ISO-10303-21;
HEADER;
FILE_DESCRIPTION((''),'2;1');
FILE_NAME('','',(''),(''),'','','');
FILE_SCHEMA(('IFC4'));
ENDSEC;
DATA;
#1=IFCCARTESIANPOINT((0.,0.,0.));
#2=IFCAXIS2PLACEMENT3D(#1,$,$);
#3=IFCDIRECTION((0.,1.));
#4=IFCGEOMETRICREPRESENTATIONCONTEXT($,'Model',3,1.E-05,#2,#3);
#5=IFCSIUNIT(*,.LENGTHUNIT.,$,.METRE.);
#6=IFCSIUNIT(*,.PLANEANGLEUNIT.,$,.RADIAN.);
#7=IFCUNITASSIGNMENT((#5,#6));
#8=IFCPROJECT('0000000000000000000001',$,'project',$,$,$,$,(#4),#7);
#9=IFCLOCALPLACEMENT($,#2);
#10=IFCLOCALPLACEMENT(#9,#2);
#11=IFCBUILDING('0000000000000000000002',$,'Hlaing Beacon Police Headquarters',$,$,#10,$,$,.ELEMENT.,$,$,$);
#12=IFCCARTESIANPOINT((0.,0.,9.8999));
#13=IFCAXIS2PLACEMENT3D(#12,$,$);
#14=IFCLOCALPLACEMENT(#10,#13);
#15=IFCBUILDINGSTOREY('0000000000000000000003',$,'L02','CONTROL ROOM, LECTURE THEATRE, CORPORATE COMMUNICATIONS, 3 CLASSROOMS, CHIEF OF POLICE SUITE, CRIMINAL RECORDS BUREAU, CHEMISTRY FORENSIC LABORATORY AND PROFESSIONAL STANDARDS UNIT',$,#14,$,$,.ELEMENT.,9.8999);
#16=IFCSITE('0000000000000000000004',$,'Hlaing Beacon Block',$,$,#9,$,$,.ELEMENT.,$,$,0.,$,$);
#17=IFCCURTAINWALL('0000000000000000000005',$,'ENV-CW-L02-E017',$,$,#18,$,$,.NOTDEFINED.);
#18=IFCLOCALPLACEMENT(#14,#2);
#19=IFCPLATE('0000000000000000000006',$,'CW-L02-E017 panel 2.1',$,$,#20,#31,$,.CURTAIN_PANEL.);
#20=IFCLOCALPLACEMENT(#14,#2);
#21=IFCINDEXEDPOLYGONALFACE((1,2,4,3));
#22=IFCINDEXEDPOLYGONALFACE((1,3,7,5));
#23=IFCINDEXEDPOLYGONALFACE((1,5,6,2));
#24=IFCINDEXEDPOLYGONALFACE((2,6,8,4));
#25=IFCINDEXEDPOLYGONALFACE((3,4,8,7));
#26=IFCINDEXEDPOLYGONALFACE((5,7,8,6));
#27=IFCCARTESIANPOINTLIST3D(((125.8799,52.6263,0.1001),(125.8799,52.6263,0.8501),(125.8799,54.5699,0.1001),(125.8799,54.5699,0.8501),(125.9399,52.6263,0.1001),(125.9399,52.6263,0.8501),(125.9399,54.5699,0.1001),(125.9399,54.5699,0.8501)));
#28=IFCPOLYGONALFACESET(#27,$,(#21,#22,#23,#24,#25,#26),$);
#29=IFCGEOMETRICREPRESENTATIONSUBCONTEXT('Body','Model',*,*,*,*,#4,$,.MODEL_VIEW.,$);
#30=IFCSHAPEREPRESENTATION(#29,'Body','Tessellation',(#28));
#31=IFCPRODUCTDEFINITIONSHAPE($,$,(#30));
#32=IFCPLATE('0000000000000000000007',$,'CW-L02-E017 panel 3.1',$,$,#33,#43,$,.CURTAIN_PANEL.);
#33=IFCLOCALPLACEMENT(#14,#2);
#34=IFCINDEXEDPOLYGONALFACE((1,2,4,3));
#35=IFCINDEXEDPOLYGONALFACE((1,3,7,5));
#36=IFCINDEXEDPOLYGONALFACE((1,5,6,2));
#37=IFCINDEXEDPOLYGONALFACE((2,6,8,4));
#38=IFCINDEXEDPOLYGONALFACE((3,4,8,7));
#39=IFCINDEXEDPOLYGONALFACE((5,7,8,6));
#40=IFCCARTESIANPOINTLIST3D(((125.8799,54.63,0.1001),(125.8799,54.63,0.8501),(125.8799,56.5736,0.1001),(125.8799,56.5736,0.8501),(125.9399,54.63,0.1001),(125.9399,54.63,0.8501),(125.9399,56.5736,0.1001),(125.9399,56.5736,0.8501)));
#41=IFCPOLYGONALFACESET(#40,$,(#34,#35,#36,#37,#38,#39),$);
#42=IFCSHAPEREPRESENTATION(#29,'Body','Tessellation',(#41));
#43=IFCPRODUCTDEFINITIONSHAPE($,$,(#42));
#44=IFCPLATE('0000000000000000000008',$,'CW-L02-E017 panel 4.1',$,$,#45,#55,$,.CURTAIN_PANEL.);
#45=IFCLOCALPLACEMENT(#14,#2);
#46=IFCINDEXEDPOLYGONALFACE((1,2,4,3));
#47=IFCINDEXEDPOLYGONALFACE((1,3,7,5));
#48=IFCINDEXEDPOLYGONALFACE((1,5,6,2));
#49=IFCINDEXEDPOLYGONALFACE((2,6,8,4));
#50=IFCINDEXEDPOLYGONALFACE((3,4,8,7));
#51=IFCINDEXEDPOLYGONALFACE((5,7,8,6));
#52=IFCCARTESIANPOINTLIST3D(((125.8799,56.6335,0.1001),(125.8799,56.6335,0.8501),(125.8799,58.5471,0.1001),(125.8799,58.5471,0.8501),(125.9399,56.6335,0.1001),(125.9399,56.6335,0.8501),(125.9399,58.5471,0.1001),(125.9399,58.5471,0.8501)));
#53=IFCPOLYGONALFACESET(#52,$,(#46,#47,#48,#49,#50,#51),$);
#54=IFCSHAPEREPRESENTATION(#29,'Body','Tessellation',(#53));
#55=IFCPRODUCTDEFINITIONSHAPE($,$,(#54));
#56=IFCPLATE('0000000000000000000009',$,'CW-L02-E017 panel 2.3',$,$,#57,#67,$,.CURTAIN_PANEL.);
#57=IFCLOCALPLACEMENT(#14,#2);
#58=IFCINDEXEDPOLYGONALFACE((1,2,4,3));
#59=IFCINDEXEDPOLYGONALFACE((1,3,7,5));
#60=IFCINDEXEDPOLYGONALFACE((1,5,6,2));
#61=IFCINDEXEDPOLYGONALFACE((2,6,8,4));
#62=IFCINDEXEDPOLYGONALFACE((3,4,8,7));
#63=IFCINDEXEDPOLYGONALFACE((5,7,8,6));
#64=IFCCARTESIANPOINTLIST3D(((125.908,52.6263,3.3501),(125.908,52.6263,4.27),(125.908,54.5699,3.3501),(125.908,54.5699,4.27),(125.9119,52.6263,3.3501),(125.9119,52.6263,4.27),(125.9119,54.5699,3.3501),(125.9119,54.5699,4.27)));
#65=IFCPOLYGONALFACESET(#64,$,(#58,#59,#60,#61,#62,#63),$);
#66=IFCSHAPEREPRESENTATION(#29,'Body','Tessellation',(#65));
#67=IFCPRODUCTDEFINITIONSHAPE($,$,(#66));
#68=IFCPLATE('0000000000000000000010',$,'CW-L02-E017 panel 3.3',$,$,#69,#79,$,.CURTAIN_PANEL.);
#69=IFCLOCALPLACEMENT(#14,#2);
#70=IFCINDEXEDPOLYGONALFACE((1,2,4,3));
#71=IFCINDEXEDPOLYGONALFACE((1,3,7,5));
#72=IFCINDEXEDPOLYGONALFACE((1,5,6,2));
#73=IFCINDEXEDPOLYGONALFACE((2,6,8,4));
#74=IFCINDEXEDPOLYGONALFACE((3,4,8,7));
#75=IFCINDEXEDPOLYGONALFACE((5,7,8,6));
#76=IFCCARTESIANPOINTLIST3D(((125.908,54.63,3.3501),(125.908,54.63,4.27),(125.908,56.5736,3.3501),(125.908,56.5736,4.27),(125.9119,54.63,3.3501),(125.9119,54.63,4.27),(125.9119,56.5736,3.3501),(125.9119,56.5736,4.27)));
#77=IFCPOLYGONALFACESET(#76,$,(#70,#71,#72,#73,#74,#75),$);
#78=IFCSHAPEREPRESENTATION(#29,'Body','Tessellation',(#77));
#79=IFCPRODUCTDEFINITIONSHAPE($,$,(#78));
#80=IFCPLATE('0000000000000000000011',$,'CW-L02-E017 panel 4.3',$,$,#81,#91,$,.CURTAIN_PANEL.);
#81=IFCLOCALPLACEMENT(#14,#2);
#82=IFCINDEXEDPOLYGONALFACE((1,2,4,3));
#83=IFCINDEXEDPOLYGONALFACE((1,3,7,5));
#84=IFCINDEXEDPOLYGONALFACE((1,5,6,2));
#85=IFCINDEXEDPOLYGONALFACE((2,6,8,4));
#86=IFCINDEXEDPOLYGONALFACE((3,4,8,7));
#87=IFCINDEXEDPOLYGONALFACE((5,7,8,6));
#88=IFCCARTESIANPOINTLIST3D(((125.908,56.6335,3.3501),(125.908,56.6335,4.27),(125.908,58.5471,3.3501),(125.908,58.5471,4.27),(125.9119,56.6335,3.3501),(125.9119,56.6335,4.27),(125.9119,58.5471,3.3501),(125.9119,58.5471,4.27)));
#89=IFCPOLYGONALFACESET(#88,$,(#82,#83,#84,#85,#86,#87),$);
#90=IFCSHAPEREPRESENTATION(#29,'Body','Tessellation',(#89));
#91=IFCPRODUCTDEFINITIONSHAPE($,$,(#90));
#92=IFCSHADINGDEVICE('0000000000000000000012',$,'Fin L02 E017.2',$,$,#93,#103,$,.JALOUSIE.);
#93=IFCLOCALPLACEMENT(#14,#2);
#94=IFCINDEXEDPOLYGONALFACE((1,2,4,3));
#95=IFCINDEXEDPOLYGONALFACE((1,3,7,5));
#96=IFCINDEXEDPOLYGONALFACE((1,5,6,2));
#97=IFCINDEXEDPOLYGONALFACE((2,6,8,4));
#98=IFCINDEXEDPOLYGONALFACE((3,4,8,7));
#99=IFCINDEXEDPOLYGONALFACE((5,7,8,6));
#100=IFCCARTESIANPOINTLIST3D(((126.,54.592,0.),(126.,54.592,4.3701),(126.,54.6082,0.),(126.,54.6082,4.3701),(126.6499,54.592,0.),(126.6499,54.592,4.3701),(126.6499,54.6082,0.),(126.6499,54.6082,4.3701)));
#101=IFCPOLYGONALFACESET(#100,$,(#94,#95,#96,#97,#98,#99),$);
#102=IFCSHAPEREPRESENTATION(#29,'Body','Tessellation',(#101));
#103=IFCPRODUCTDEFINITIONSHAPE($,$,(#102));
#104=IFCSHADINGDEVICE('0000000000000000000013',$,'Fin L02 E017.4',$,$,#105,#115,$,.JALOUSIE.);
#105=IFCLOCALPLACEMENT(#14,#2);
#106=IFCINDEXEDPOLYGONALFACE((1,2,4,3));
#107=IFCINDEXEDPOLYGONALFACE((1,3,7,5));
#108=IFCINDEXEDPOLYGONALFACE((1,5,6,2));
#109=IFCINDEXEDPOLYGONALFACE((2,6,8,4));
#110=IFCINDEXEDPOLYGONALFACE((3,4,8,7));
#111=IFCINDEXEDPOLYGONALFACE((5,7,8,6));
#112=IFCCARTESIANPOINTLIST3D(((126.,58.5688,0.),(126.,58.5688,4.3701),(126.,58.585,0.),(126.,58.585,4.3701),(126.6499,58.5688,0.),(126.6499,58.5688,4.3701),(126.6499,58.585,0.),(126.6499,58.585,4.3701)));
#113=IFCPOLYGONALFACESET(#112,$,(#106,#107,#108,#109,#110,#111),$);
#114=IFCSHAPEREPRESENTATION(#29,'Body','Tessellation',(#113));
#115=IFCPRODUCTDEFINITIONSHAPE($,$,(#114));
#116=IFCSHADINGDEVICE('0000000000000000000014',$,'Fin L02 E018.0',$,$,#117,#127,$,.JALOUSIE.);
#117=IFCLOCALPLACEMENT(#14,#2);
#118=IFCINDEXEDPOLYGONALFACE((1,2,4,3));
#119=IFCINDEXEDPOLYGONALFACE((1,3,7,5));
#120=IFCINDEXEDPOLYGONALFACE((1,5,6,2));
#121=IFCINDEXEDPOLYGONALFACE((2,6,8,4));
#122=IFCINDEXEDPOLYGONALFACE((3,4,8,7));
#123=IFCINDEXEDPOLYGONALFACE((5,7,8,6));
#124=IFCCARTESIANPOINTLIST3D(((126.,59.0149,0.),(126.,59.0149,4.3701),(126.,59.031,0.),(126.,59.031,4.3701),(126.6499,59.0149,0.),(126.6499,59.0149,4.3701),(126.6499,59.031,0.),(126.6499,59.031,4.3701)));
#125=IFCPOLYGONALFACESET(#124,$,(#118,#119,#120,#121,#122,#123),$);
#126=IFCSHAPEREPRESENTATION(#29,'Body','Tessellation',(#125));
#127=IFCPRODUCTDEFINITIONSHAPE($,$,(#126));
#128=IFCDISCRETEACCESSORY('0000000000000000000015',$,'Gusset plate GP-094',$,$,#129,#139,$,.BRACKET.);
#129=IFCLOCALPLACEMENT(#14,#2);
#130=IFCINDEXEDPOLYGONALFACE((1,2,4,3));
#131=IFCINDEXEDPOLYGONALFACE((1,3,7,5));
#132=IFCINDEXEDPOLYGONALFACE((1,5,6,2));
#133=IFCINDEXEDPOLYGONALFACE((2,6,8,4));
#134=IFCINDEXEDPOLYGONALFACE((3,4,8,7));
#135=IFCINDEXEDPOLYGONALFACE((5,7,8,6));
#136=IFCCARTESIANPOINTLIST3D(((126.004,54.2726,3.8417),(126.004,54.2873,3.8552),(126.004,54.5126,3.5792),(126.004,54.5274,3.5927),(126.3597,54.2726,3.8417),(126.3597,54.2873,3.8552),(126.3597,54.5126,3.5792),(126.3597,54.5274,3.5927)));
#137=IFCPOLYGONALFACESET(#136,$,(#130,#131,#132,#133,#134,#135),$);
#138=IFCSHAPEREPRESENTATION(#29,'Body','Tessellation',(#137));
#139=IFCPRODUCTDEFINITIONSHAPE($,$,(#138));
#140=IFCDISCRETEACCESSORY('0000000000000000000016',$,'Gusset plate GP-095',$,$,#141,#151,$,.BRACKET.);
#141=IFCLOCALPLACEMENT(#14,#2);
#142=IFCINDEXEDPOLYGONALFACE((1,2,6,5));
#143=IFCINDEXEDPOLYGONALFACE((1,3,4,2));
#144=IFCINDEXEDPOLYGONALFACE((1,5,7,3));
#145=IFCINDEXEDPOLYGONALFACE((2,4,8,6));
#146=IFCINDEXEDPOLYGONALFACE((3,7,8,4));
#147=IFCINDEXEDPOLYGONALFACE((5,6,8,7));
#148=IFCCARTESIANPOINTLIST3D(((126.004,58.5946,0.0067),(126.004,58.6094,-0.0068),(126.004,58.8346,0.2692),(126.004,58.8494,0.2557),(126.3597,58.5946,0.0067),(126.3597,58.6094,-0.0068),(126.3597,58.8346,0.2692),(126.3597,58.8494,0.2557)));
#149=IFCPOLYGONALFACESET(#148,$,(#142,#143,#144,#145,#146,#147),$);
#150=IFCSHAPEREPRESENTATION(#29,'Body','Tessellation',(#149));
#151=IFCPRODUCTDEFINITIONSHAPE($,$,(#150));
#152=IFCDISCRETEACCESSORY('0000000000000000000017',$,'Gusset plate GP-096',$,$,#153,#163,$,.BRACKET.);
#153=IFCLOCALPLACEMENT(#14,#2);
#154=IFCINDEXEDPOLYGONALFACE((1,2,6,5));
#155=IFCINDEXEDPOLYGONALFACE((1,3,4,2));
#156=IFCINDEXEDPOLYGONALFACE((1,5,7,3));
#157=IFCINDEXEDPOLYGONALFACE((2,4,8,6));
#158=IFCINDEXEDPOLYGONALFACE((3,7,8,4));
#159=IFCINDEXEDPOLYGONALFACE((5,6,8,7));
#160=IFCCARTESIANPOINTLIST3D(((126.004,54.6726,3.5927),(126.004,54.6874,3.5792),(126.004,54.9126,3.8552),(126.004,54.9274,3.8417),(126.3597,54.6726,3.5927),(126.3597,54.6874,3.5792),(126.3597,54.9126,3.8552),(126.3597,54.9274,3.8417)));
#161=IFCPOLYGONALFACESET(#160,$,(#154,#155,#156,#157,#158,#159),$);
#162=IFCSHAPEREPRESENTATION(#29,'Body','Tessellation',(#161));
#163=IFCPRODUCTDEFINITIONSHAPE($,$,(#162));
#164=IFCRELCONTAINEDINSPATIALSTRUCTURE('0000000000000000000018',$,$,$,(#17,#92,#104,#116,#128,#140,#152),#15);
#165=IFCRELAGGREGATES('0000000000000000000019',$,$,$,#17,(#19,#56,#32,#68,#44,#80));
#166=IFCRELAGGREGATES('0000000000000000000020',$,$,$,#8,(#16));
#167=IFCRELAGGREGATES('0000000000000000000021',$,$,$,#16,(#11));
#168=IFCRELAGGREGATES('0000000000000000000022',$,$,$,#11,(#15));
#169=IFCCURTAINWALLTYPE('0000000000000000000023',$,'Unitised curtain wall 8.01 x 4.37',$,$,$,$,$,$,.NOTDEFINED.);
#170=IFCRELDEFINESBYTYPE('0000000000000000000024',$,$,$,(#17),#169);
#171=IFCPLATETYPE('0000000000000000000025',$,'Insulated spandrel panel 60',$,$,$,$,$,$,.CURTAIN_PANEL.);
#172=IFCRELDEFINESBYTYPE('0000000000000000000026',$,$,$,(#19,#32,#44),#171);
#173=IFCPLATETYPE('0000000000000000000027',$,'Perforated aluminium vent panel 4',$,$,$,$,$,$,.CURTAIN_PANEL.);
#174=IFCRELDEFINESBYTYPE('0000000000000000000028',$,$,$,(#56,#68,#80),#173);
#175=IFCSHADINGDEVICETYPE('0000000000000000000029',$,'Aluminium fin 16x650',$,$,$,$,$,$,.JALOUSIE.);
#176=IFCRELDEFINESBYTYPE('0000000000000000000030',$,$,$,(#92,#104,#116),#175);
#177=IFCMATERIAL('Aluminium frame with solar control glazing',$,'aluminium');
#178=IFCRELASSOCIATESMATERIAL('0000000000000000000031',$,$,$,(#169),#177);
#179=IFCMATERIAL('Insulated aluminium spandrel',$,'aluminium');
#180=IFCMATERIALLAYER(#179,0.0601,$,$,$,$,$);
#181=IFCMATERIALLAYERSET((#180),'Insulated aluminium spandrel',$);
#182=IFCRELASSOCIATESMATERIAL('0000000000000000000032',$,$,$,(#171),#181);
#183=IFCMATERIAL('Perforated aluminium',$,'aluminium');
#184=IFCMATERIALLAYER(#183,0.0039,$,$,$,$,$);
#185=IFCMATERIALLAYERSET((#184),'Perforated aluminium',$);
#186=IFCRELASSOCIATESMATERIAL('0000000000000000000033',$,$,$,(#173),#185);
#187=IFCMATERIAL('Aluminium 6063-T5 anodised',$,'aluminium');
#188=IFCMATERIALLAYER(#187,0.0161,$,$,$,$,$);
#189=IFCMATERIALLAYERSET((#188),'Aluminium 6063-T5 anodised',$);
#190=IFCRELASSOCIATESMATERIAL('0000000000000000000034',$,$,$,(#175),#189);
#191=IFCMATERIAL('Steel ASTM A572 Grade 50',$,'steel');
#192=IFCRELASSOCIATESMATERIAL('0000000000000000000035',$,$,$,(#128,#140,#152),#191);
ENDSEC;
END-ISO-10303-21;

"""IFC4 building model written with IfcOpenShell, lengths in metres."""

from ifc_helpers import new_model, si_unit, direction, frame, origin, origin_2d, place, context, subcontext, project, spatial, rectangle, extrude, material, layer, layer_set, type_object, element, aggregate, save


model = new_model("IFC4")

# Units and contexts
model_context = context("Model", 3, precision=1e-05, world=origin(), true_north=direction((0.0, 1.0)))
body_context = subcontext(model_context, "Body", "Model", "MODEL_VIEW")
ifc_project = project(units=[si_unit("LENGTHUNIT", "METRE"), si_unit("PLANEANGLEUNIT", "RADIAN")], contexts=[model_context])

# Site, building, storey
site_placement = place(None, origin())
site = spatial("IfcSite", under=ifc_project, at=site_placement, Name="Hlaing Beacon Block", CompositionType="ELEMENT", RefElevation=0.0)
building_placement = place(site_placement, origin())
building = spatial("IfcBuilding", under=site, at=building_placement, Name="Hlaing Beacon Police Headquarters", CompositionType="ELEMENT")
storey_placement = place(building_placement, frame((0.0, 0.0, 9.8999)))
storey = spatial("IfcBuildingStorey", under=building, at=storey_placement, Name="L02", Description="CONTROL ROOM, LECTURE THEATRE, CORPORATE COMMUNICATIONS, 3 CLASSROOMS, CHIEF OF POLICE SUITE, CRIMINAL RECORDS BUREAU, CHEMISTRY FORENSIC LABORATORY AND PROFESSIONAL STANDARDS UNIT", CompositionType="ELEMENT", Elevation=9.8999)

# Curtain wall
ifc_material_1 = material(Name="Aluminium frame with solar control glazing", Category="aluminium")
curtain_wall_type_1 = type_object("IfcCurtainWallType", Name="Unitised curtain wall 8.01 x 4.37", PredefinedType="NOTDEFINED", material=ifc_material_1)
curtain_wall_1_placement = place(storey_placement, origin())
curtain_wall_1 = element("IfcCurtainWall", 1, at=curtain_wall_1_placement, inside=storey, type_object=curtain_wall_type_1, Name="ENV-CW-L02-E017", PredefinedType="NOTDEFINED")

# Plates
ifc_material_2 = material(Name="Insulated aluminium spandrel", Category="aluminium")
ifc_layer_1 = layer(ifc_material_2, 0.0601)
ifc_layer_set_1 = layer_set([ifc_layer_1], Name="Insulated aluminium spandrel")
plate_type_1 = type_object("IfcPlateType", Name="Insulated spandrel panel 60", PredefinedType="CURTAIN_PANEL", material=ifc_layer_set_1)
plate_1_placement = place(storey_placement, frame((125.9099, 53.5981, 0.1001), z_axis=(0.0, 0.0, 1.0), x_axis=(0.0, 1.0, 0.0)))
plate_1 = element("IfcPlate", 2, at=plate_1_placement, type_object=plate_type_1, Name="CW-L02-E017 panel 2.1", PredefinedType="CURTAIN_PANEL", context=body_context, shape_type="SweptSolid", body=[
    extrude(rectangle(XDim=1.9436, YDim=0.0601, at=origin_2d()), origin(), (0.0, 0.0, 1.0), 0.75),
])
plate_2_placement = place(storey_placement, frame((125.9099, 55.6018, 0.1001), z_axis=(0.0, 0.0, 1.0), x_axis=(0.0, 1.0, 0.0)))
plate_2 = element("IfcPlate", 3, at=plate_2_placement, type_object=plate_type_1, Name="CW-L02-E017 panel 3.1", PredefinedType="CURTAIN_PANEL", context=body_context, shape_type="SweptSolid", body=[
    extrude(rectangle(XDim=1.9436, YDim=0.0601, at=origin_2d()), origin(), (0.0, 0.0, 1.0), 0.75),
])
plate_3_placement = place(storey_placement, frame((125.9099, 57.5903, 0.1001), z_axis=(0.0, 0.0, 1.0), x_axis=(0.0, 1.0, 0.0)))
plate_3 = element("IfcPlate", 4, at=plate_3_placement, type_object=plate_type_1, Name="CW-L02-E017 panel 4.1", PredefinedType="CURTAIN_PANEL", context=body_context, shape_type="SweptSolid", body=[
    extrude(rectangle(XDim=1.9136, YDim=0.0601, at=origin_2d()), origin(), (0.0, 0.0, 1.0), 0.75),
])
ifc_material_3 = material(Name="Perforated aluminium", Category="aluminium")
ifc_layer_2 = layer(ifc_material_3, 0.0039)
ifc_layer_set_2 = layer_set([ifc_layer_2], Name="Perforated aluminium")
plate_type_2 = type_object("IfcPlateType", Name="Perforated aluminium vent panel 4", PredefinedType="CURTAIN_PANEL", material=ifc_layer_set_2)
plate_4_placement = place(storey_placement, frame((125.9099, 53.5981, 3.3501), z_axis=(0.0, 0.0, 1.0), x_axis=(0.0, 1.0, 0.0)))
plate_4 = element("IfcPlate", 5, at=plate_4_placement, type_object=plate_type_2, Name="CW-L02-E017 panel 2.3", PredefinedType="CURTAIN_PANEL", context=body_context, shape_type="SweptSolid", body=[
    extrude(rectangle(XDim=1.9436, YDim=0.0039, at=origin_2d()), origin(), (0.0, 0.0, 1.0), 0.9199),
])
plate_5_placement = place(storey_placement, frame((125.9099, 55.6018, 3.3501), z_axis=(0.0, 0.0, 1.0), x_axis=(0.0, 1.0, 0.0)))
plate_5 = element("IfcPlate", 6, at=plate_5_placement, type_object=plate_type_2, Name="CW-L02-E017 panel 3.3", PredefinedType="CURTAIN_PANEL", context=body_context, shape_type="SweptSolid", body=[
    extrude(rectangle(XDim=1.9436, YDim=0.0039, at=origin_2d()), origin(), (0.0, 0.0, 1.0), 0.9199),
])
plate_6_placement = place(storey_placement, frame((125.9099, 57.5903, 3.3501), z_axis=(0.0, 0.0, 1.0), x_axis=(0.0, 1.0, 0.0)))
plate_6 = element("IfcPlate", 7, at=plate_6_placement, type_object=plate_type_2, Name="CW-L02-E017 panel 4.3", PredefinedType="CURTAIN_PANEL", context=body_context, shape_type="SweptSolid", body=[
    extrude(rectangle(XDim=1.9136, YDim=0.0039, at=origin_2d()), origin(), (0.0, 0.0, 1.0), 0.9199),
])
aggregate(curtain_wall_1, [plate_1, plate_4, plate_2, plate_5, plate_3, plate_6])

# Shading devices
ifc_material_4 = material(Name="Aluminium 6063-T5 anodised", Category="aluminium")
ifc_layer_3 = layer(ifc_material_4, 0.0161)
ifc_layer_set_3 = layer_set([ifc_layer_3], Name="Aluminium 6063-T5 anodised")
shading_device_type = type_object("IfcShadingDeviceType", Name="Aluminium fin 16x650", PredefinedType="JALOUSIE", material=ifc_layer_set_3)
for number, where, z_axis, x_axis, name in (
    (8, (126.325, 54.6001, 0.0), (0.0, 0.0, 1.0), (0.0, 1.0, 0.0), "Fin L02 E017.2"),
    (9, (126.325, 58.5769, 0.0), (0.0, 0.0, 1.0), (0.0, 1.0, 0.0), "Fin L02 E017.4"),
    (10, (126.325, 59.0229, 0.0), (0.0, 0.0, 1.0), (0.0, 1.0, 0.0), "Fin L02 E018.0"),
):
    element("IfcShadingDevice", number, at=place(storey_placement, frame(where, z_axis=z_axis, x_axis=x_axis)), inside=storey, type_object=shading_device_type, Name=name, PredefinedType="JALOUSIE", context=body_context, shape_type="SweptSolid", body=[
        extrude(rectangle(XDim=0.0161, YDim=0.6499, at=origin_2d()), origin(), (0.0, 0.0, 1.0), 4.3701),
    ])

# Discrete accessories
ifc_material_5 = material(Name="Steel ASTM A572 Grade 50", Category="steel")
for number, where, z_axis, x_axis, name in (
    (11, (126.1819, 54.3926, 3.7104), (0.0, 0.738008, 0.674792), (-1.0, 0.0, 0.0), "Gusset plate GP-094"),
    (12, (126.1819, 58.7146, 0.1379), (0.0, 0.738008, -0.674792), (-1.0, 0.0, 0.0), "Gusset plate GP-095"),
    (13, (126.1819, 54.8074, 3.7104), (0.0, -0.738008, 0.674792), (1.0, 0.0, 0.0), "Gusset plate GP-096"),
):
    element("IfcDiscreteAccessory", number, at=place(storey_placement, frame(where, z_axis=z_axis, x_axis=x_axis)), inside=storey, material=ifc_material_5, Name=name, PredefinedType="BRACKET", context=body_context, shape_type="SweptSolid", body=[
        extrude(rectangle(XDim=0.3557, YDim=0.3557, at=origin_2d()), origin(), (0.0, 0.0, 1.0), 0.02),
    ])

save(model, "model.ifc")
